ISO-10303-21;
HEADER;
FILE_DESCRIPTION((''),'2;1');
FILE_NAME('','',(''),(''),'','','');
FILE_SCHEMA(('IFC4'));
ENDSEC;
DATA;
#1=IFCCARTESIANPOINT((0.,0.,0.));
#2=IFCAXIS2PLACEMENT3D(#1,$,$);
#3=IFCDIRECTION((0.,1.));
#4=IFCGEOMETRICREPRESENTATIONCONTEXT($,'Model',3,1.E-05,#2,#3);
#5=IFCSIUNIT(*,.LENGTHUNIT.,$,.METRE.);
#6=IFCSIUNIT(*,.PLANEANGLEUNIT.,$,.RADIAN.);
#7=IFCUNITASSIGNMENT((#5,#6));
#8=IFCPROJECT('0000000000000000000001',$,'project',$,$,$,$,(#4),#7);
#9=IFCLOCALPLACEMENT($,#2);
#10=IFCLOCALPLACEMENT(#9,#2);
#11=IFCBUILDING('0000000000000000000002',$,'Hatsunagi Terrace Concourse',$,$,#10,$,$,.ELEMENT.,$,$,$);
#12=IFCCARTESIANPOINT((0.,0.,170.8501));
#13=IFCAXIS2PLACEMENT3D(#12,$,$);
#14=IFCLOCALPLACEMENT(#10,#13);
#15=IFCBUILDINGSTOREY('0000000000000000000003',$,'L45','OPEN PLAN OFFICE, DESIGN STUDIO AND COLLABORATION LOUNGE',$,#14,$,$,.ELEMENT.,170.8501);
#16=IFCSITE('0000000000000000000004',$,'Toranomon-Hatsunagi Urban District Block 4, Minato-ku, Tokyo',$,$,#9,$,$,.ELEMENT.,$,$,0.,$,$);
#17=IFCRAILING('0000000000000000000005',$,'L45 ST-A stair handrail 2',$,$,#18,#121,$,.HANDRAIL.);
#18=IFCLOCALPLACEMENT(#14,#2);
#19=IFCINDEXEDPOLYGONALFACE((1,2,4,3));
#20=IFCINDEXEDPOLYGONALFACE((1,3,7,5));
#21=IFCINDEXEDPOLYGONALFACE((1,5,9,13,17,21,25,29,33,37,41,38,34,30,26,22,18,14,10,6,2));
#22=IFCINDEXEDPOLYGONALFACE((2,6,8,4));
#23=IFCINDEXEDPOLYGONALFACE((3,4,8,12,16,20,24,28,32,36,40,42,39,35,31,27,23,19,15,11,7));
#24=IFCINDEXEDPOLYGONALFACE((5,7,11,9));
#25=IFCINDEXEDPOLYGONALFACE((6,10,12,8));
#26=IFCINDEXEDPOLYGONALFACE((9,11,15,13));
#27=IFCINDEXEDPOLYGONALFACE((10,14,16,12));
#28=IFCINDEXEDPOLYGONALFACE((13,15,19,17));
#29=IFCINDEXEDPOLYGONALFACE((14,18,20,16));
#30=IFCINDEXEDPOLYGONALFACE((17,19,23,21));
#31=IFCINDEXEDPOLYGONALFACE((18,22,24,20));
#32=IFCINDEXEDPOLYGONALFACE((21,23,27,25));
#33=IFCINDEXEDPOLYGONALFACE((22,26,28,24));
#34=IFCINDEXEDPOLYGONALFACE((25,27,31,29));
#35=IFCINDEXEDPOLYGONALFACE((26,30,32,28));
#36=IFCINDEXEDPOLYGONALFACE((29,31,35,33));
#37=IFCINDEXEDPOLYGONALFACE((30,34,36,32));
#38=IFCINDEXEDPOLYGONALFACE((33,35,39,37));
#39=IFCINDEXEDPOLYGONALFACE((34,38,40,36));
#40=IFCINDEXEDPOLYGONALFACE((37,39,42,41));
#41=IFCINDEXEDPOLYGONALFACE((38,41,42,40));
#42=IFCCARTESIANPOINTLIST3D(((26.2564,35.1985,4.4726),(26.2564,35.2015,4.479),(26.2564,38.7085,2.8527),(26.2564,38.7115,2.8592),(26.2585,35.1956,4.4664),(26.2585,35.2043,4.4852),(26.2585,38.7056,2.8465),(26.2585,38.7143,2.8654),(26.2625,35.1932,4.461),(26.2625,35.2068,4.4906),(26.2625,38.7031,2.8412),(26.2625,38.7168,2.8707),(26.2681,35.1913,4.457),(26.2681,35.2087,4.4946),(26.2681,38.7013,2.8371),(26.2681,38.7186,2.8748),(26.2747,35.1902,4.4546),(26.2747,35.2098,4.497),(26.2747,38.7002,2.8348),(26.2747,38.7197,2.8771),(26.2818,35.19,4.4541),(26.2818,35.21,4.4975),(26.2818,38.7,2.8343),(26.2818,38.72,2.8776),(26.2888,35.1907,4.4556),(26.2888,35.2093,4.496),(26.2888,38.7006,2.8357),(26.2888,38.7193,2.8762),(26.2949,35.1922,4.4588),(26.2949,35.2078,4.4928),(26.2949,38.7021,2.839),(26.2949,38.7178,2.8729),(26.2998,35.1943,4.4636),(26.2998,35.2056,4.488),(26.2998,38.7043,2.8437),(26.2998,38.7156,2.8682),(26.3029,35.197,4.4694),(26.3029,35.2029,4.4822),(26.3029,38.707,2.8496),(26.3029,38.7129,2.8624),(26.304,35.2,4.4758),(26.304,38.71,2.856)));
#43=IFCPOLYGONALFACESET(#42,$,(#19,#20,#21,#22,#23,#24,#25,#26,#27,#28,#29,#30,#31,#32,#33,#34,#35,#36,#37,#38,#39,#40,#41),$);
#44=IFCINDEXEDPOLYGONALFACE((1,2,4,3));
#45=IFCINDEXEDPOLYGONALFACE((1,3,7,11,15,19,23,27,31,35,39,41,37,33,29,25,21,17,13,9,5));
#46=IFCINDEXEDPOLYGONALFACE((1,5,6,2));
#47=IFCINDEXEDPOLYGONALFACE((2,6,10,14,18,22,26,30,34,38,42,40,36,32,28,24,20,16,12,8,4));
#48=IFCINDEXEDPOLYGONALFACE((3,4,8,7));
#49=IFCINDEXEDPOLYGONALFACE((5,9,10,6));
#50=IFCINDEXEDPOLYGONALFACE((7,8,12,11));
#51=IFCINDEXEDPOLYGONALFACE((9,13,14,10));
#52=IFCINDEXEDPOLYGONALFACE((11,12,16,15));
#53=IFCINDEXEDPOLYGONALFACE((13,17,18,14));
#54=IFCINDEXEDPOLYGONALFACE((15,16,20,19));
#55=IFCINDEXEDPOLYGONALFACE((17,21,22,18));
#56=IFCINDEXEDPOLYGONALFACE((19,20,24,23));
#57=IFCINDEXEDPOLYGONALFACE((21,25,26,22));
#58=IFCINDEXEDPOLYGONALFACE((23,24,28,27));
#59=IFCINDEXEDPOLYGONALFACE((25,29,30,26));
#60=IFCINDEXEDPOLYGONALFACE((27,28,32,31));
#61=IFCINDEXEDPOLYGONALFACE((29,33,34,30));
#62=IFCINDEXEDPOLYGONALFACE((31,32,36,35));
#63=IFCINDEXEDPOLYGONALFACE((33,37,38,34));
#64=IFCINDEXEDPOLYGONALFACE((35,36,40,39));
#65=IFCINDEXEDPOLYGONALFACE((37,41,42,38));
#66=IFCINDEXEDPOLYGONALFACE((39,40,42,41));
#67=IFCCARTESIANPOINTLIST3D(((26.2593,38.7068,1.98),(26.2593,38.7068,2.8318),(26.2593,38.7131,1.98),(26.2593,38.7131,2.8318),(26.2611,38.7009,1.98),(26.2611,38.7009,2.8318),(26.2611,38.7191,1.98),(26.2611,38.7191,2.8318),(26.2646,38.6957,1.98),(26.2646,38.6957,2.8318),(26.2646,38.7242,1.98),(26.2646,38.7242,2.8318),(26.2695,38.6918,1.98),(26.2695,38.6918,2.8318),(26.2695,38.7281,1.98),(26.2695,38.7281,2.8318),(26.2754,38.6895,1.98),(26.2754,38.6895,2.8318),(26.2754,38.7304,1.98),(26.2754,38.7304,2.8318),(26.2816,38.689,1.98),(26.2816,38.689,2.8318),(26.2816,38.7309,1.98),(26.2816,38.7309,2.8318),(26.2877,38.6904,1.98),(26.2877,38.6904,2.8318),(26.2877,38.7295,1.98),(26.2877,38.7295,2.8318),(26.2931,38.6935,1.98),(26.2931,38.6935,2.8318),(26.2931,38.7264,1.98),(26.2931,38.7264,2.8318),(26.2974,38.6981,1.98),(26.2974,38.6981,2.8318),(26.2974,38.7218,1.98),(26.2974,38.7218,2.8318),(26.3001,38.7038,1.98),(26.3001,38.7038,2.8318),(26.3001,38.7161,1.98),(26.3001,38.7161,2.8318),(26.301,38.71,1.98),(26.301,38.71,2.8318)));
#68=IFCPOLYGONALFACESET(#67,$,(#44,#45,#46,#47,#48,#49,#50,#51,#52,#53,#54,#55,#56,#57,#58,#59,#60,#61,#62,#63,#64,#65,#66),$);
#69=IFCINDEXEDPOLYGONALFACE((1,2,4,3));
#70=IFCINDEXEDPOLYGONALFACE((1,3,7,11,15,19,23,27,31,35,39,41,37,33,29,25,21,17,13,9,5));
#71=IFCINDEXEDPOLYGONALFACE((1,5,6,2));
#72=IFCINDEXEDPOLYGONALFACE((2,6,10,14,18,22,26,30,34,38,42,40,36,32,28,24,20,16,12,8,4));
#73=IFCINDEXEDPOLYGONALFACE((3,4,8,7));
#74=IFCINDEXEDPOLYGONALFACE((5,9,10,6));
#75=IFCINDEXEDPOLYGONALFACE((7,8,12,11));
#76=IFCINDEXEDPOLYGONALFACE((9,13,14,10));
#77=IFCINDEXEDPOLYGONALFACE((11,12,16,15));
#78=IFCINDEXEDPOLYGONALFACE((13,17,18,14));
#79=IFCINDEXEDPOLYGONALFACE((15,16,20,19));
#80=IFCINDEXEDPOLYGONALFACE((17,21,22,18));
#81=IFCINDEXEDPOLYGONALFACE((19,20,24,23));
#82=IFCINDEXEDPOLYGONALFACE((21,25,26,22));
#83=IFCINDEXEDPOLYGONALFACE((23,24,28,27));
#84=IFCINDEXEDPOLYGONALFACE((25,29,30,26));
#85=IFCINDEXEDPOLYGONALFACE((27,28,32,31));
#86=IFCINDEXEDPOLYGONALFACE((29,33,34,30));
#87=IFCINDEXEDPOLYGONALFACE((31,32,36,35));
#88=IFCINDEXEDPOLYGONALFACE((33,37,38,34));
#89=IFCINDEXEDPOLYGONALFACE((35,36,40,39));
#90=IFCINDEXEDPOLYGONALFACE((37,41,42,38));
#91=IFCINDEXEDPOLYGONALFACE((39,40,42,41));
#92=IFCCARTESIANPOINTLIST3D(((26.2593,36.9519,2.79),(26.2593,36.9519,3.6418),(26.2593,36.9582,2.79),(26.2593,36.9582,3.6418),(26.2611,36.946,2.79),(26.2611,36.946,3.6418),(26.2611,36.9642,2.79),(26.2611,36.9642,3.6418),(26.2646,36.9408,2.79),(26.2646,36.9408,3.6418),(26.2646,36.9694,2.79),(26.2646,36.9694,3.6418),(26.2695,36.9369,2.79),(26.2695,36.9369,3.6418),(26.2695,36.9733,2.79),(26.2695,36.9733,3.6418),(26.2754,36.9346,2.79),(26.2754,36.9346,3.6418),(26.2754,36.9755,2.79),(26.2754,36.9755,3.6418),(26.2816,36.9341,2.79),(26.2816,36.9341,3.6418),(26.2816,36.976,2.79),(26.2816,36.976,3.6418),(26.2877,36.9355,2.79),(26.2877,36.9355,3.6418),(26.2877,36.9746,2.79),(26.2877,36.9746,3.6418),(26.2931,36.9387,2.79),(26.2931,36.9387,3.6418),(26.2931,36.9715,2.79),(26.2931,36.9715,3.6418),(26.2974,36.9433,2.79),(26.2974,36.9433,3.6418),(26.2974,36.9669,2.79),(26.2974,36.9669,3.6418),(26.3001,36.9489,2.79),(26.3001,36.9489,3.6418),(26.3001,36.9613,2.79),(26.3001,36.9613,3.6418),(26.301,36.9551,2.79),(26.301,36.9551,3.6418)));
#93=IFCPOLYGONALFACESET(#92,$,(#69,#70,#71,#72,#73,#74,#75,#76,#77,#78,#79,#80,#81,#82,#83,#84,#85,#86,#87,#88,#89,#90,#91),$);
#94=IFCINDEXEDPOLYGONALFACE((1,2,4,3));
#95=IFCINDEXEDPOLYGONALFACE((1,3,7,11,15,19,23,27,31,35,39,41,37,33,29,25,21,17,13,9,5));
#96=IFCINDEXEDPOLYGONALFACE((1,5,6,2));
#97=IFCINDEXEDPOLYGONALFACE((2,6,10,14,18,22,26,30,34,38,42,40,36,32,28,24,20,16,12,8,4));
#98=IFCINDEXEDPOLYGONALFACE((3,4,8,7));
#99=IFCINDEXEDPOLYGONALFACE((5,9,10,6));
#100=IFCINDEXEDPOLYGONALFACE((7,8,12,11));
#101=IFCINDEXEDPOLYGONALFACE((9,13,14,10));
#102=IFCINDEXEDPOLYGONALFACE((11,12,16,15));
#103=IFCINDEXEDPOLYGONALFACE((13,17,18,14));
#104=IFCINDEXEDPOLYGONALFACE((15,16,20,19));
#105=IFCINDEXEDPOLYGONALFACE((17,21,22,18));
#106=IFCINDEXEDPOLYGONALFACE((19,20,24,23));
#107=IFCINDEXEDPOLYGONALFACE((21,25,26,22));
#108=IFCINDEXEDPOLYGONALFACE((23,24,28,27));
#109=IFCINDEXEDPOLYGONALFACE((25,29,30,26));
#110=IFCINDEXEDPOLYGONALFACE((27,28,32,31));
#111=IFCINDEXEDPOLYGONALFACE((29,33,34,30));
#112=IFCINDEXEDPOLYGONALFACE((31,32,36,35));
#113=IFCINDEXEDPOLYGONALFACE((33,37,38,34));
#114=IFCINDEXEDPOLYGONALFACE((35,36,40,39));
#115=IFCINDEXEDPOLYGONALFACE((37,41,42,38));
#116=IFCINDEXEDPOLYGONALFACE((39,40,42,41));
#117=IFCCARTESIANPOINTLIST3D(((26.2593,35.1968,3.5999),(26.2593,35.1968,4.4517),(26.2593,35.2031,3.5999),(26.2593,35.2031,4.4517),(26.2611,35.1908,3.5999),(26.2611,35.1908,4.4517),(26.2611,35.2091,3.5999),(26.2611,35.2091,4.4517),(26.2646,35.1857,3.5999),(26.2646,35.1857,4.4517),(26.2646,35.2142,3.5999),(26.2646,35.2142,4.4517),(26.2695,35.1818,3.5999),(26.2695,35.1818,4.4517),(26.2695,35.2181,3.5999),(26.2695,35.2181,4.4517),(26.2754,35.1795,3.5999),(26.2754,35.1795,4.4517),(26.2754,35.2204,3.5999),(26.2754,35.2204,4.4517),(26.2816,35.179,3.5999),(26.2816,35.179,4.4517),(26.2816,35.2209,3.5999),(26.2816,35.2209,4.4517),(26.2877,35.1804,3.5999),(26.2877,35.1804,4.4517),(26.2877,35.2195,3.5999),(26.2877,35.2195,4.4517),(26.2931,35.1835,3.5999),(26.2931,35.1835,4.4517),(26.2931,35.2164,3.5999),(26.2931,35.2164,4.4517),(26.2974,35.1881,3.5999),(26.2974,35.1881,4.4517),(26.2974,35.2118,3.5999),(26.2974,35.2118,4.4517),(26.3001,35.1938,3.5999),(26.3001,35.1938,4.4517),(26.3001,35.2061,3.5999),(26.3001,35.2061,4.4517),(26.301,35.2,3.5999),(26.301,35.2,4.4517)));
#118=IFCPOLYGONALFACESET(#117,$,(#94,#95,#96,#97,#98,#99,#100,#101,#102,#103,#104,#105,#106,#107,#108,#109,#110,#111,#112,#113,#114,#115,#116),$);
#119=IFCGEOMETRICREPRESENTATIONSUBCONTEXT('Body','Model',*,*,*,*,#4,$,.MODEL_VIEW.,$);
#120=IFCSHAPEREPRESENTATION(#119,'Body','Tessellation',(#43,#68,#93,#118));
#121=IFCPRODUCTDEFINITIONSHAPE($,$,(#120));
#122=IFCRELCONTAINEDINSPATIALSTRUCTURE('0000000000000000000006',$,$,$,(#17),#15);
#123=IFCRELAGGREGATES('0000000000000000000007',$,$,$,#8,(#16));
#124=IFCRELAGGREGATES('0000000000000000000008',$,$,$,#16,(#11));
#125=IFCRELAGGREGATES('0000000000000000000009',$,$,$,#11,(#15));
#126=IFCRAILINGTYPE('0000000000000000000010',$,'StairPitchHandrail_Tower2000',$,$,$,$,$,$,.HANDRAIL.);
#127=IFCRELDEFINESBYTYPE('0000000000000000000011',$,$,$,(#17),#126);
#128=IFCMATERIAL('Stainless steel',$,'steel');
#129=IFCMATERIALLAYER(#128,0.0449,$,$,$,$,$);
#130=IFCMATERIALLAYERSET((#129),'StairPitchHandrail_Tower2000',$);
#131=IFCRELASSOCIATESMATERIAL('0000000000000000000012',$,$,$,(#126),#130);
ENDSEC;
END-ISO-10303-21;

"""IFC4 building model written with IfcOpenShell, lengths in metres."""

from ifc_helpers import new_model, si_unit, direction, frame, origin, origin_2d, place, context, subcontext, project, spatial, circle, extrude, material, layer, layer_set, type_object, element, save


model = new_model("IFC4")

# Units and contexts
model_context = context("Model", 3, precision=1e-05, world=origin(), true_north=direction((0.0, 1.0)))
body_context = subcontext(model_context, "Body", "Model", "MODEL_VIEW")
ifc_project = project(units=[si_unit("LENGTHUNIT", "METRE"), si_unit("PLANEANGLEUNIT", "RADIAN")], contexts=[model_context])

# Site, building, storey
site_placement = place(None, origin())
site = spatial("IfcSite", under=ifc_project, at=site_placement, Name="Toranomon-Hatsunagi Urban District Block 4, Minato-ku, Tokyo", CompositionType="ELEMENT", RefElevation=0.0)
building_placement = place(site_placement, origin())
building = spatial("IfcBuilding", under=site, at=building_placement, Name="Hatsunagi Terrace Concourse", CompositionType="ELEMENT")
storey_placement = place(building_placement, frame((0.0, 0.0, 170.8501)))
storey = spatial("IfcBuildingStorey", under=building, at=storey_placement, Name="L45", Description="OPEN PLAN OFFICE, DESIGN STUDIO AND COLLABORATION LOUNGE", CompositionType="ELEMENT", Elevation=170.8501)

# Railing
ifc_material_1 = material(Name="Stainless steel", Category="steel")
ifc_layer_1 = layer(ifc_material_1, 0.0449)
ifc_layer_set_1 = layer_set([ifc_layer_1], Name="StairPitchHandrail_Tower2000")
railing_type = type_object("IfcRailingType", Name="StairPitchHandrail_Tower2000", PredefinedType="HANDRAIL", material=ifc_layer_set_1)
railing_placement = place(storey_placement, frame((26.28, 38.71, 1.98)))
element("IfcRailing", 1, at=railing_placement, inside=storey, type_object=railing_type, Name="L45 ST-A stair handrail 2", PredefinedType="HANDRAIL", context=body_context, shape_type="SweptSolid", body=[
    extrude(circle(Radius=0.0239, at=origin_2d()), frame((0.0, 0.0, 0.876), z_axis=(0.0, -0.907972, 0.41903), x_axis=(1.0, 0.0, 0.0)), (0.0, 0.0, 1.0), 3.8657),
    extrude(circle(Radius=0.021, at=origin_2d()), origin(), (0.0, 0.0, 1.0), 0.8518),
    extrude(circle(Radius=0.021, at=origin_2d()), frame((0.0, -1.7549, 0.8101)), (0.0, 0.0, 1.0), 0.8518),
    extrude(circle(Radius=0.021, at=origin_2d()), frame((0.0, -3.51, 1.6199)), (0.0, 0.0, 1.0), 0.8518),
])

save(model, "model.ifc")
